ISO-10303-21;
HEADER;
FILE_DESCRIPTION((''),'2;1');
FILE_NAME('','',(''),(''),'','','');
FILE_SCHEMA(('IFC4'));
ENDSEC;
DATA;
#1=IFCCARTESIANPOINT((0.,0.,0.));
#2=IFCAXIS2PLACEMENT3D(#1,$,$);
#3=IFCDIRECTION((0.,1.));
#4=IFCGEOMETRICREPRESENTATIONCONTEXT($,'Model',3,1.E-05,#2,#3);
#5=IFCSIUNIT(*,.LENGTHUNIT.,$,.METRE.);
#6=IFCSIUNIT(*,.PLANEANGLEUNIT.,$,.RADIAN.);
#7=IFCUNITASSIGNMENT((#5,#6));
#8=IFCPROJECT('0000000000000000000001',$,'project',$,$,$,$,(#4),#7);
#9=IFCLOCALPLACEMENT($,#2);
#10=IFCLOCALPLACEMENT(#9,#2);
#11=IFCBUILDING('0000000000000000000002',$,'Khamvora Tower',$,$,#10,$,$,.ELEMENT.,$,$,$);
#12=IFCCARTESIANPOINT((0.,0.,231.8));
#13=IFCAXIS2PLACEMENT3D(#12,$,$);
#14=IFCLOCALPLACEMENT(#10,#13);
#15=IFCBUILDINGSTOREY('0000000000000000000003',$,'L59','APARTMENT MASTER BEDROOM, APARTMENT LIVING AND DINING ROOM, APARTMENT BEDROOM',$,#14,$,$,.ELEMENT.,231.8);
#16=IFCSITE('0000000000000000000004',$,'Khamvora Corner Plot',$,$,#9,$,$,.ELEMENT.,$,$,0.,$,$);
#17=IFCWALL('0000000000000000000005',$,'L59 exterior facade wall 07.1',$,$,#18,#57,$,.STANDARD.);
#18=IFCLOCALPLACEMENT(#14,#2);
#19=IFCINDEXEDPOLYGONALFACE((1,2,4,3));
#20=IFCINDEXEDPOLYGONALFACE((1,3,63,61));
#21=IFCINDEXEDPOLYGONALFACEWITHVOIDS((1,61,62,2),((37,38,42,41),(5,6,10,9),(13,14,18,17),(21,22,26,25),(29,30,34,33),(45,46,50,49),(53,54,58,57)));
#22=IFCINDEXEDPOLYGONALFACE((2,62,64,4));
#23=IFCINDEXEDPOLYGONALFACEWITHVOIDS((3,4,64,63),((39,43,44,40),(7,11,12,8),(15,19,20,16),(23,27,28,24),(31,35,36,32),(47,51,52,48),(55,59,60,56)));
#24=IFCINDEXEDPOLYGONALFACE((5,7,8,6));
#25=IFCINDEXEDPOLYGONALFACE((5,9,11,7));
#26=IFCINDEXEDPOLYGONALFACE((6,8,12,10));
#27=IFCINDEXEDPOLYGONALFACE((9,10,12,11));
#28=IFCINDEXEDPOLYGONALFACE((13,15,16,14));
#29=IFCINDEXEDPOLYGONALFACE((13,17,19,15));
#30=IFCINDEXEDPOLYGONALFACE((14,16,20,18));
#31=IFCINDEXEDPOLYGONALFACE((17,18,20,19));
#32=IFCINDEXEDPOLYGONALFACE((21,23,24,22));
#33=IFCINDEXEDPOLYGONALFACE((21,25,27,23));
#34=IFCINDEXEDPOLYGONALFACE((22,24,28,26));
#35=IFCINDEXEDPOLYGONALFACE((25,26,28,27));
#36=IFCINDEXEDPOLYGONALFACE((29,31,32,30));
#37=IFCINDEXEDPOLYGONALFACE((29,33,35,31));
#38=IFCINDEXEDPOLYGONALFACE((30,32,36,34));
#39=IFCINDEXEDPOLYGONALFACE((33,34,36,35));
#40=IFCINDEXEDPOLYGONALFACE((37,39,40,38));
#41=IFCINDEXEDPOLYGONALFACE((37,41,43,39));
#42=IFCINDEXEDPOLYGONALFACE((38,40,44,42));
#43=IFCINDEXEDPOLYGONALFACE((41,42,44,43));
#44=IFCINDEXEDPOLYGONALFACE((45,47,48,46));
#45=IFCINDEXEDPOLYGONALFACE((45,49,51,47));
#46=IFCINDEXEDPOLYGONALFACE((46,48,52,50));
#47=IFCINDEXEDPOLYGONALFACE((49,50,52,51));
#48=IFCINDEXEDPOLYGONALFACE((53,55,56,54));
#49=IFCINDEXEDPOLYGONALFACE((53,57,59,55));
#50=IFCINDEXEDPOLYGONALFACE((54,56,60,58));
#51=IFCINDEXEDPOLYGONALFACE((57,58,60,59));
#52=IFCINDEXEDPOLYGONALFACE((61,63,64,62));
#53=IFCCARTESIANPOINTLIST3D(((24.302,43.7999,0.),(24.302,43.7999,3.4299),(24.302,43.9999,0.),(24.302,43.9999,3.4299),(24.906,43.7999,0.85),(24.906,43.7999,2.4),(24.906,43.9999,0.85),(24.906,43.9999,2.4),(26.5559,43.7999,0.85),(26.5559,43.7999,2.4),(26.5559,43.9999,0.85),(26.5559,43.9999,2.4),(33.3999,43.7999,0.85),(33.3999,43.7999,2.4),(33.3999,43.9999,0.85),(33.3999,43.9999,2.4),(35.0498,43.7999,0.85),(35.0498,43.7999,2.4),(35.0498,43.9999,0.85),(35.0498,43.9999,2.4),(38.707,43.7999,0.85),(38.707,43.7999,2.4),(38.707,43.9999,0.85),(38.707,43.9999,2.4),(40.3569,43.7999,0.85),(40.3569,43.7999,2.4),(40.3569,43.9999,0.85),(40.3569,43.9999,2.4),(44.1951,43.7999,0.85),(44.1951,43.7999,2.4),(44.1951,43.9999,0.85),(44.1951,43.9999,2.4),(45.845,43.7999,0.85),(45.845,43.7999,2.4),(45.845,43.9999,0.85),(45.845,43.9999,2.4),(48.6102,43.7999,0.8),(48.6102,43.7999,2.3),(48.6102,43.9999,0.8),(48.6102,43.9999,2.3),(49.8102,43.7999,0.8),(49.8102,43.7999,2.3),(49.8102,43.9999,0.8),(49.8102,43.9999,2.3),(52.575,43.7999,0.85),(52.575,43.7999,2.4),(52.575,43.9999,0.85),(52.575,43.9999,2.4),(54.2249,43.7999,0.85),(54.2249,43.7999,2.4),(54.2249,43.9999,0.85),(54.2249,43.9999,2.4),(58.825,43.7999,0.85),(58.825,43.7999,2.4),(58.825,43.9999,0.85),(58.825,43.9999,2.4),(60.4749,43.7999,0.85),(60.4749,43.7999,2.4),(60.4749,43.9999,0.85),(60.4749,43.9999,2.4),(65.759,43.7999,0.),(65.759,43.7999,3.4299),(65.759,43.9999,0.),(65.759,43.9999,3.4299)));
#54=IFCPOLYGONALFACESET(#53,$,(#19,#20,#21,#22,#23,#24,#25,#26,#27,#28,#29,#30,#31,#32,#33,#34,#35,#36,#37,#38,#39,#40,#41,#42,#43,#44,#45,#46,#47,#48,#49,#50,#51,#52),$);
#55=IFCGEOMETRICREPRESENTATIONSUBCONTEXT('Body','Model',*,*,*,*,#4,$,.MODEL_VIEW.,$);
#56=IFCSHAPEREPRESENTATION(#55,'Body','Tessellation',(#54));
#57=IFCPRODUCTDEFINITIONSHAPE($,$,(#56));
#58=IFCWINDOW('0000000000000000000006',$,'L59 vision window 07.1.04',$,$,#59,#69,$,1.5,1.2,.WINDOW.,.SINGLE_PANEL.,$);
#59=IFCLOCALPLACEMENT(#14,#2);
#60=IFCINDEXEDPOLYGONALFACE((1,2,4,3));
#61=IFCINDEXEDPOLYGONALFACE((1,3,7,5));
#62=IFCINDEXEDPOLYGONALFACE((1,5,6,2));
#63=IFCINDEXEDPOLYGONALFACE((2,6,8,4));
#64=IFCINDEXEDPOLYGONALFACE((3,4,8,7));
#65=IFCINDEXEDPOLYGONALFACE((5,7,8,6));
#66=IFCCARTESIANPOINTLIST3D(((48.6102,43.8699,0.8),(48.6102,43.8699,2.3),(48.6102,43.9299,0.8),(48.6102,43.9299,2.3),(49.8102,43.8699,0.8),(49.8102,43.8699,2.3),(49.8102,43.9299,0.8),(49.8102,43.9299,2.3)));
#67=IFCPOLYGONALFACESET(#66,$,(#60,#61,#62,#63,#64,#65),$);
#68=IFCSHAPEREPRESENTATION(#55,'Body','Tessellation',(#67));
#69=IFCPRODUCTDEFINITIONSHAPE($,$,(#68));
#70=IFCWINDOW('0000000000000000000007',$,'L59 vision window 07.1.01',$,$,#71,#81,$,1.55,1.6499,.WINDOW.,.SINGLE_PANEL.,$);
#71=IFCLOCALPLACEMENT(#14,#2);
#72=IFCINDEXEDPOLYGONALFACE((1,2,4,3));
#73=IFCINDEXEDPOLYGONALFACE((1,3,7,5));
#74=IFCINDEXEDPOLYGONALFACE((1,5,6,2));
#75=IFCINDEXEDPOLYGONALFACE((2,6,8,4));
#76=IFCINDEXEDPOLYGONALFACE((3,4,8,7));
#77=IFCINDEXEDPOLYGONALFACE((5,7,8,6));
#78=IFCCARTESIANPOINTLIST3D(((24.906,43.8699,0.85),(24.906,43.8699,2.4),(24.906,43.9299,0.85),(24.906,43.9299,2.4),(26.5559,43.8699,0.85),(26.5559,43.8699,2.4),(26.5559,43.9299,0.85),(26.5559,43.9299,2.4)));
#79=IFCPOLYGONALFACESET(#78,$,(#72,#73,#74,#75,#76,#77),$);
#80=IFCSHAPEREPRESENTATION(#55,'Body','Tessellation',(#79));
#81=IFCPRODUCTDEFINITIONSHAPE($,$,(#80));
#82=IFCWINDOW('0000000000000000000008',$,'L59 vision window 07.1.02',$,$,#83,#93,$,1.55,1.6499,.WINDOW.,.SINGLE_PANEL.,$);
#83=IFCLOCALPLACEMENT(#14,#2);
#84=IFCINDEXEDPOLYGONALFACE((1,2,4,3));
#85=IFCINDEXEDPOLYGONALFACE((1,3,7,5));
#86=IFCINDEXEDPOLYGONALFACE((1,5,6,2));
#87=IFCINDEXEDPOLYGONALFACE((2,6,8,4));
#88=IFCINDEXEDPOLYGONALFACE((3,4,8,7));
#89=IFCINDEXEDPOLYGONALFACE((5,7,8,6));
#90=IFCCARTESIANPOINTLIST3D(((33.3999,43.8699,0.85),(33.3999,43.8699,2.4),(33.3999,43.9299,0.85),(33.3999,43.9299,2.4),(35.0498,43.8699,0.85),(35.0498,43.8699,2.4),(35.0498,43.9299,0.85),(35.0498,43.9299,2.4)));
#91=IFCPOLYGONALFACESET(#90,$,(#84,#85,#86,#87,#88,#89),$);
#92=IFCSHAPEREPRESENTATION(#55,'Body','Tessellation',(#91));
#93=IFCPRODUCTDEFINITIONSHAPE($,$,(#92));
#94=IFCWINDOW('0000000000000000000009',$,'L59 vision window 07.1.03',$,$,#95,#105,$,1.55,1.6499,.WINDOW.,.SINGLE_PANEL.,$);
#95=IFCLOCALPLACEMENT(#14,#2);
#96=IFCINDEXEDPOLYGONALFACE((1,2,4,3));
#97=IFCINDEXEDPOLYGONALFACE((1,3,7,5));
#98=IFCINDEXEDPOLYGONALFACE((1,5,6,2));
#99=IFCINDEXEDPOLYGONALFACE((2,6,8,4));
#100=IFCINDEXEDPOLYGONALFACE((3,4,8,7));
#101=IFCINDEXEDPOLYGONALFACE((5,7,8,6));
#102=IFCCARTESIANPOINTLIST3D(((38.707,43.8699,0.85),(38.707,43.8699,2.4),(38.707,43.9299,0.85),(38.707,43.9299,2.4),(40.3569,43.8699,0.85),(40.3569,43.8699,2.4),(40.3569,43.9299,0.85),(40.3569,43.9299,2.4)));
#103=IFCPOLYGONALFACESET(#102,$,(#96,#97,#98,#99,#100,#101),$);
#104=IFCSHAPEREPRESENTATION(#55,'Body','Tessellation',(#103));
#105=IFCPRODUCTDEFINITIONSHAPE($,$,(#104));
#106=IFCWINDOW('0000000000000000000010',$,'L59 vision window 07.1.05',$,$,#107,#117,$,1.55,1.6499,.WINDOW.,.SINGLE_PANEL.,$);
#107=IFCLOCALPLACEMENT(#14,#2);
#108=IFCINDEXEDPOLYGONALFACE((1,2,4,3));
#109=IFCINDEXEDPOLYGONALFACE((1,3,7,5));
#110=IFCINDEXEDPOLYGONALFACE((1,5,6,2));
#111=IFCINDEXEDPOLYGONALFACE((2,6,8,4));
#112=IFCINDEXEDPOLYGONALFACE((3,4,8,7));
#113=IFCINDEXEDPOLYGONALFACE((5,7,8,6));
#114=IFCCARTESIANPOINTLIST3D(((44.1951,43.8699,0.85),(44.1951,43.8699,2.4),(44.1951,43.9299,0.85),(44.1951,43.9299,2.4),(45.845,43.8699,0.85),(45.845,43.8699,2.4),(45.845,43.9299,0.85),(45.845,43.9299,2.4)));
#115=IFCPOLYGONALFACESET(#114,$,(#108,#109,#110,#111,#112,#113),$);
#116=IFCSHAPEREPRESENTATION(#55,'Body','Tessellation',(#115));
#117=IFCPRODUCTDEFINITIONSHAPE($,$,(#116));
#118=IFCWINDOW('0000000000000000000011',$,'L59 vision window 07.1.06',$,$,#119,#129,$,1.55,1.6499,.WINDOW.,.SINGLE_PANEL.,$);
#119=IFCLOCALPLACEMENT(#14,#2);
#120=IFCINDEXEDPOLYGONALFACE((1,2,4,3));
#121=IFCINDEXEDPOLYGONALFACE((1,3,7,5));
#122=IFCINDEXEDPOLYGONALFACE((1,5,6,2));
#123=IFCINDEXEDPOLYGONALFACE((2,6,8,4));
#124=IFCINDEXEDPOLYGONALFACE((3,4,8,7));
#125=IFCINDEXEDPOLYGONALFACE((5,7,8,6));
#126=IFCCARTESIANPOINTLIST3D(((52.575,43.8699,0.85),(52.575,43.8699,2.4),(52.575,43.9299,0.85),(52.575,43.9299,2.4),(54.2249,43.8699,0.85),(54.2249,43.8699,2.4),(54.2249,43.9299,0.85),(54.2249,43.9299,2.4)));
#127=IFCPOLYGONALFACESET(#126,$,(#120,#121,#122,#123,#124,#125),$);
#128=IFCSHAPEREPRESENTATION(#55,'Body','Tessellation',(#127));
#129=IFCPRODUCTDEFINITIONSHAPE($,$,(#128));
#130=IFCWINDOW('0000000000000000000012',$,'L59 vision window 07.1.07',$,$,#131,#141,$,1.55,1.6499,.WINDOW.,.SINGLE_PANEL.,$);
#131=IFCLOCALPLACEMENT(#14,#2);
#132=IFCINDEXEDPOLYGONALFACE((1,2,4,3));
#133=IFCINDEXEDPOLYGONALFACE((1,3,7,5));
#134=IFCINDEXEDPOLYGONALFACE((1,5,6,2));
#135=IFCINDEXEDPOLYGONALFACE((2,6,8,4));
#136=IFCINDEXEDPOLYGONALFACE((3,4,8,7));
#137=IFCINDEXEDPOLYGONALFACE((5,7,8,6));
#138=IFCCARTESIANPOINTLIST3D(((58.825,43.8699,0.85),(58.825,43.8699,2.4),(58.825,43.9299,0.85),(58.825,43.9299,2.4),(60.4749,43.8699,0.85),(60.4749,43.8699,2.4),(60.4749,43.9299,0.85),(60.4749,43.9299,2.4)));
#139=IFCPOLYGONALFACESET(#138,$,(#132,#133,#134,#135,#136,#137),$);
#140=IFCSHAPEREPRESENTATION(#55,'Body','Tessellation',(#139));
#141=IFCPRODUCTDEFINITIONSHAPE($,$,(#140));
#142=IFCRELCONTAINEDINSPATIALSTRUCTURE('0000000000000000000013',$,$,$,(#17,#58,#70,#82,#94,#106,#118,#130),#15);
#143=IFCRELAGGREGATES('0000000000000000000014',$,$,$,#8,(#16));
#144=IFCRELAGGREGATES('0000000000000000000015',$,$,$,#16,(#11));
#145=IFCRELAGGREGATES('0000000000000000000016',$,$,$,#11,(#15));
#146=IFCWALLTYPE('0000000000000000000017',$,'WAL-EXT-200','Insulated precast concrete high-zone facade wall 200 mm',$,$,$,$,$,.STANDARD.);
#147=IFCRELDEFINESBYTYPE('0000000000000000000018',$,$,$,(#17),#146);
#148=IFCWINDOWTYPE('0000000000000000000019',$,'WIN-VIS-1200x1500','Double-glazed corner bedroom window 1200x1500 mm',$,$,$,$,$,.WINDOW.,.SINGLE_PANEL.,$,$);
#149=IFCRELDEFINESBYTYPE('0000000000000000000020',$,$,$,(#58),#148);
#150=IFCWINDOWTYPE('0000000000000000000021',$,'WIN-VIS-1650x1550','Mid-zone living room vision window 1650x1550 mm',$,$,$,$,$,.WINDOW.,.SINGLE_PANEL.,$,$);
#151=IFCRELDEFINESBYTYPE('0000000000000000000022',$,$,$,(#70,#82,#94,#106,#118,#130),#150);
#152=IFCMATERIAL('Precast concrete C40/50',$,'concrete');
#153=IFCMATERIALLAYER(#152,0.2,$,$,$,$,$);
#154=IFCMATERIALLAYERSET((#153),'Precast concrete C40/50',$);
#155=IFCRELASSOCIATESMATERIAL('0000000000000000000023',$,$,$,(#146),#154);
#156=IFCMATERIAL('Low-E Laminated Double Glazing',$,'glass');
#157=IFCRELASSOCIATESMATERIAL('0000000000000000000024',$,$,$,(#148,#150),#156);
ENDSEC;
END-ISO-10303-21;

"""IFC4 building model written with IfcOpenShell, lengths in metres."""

from ifc_helpers import new_model, si_unit, direction, frame, frame_2d, origin, place, context, subcontext, project, spatial, rectangle, extrude, material, layer, layer_set, type_object, element, fill, save


model = new_model("IFC4")

# Units and contexts
model_context = context("Model", 3, precision=1e-05, world=origin(), true_north=direction((0.0, 1.0)))
body_context = subcontext(model_context, "Body", "Model", "MODEL_VIEW")
ifc_project = project(units=[si_unit("LENGTHUNIT", "METRE"), si_unit("PLANEANGLEUNIT", "RADIAN")], contexts=[model_context])

# Site, building, storey
site_placement = place(None, origin())
site = spatial("IfcSite", under=ifc_project, at=site_placement, Name="Khamvora Corner Plot", CompositionType="ELEMENT", RefElevation=0.0)
building_placement = place(site_placement, origin())
building = spatial("IfcBuilding", under=site, at=building_placement, Name="Khamvora Tower", CompositionType="ELEMENT")
storey_placement = place(building_placement, frame((0.0, 0.0, 231.8)))
storey = spatial("IfcBuildingStorey", under=building, at=storey_placement, Name="L59", Description="APARTMENT MASTER BEDROOM, APARTMENT LIVING AND DINING ROOM, APARTMENT BEDROOM", CompositionType="ELEMENT", Elevation=231.8)

# Shared definitions
ifc_material_1 = material(Name="Precast concrete C40/50", Category="concrete")
ifc_layer_1 = layer(ifc_material_1, 0.2)
ifc_layer_set_1 = layer_set([ifc_layer_1], Name="Precast concrete C40/50")
wall_type_1 = type_object("IfcWallType", Name="WAL-EXT-200", Description="Insulated precast concrete high-zone facade wall 200 mm", PredefinedType="STANDARD", material=ifc_layer_set_1)

# Wall, openings, windows
wall_1_placement = place(storey_placement, frame((24.302, 43.8999, 0.0), z_axis=(0.0, 0.0, 1.0), x_axis=(1.0, 0.0, 0.0)))
wall_1 = element("IfcWall", 1, at=wall_1_placement, inside=storey, type_object=wall_type_1, Name="L59 exterior facade wall 07.1", PredefinedType="STANDARD", context=body_context, shape_type="SweptSolid", body=[
    extrude(rectangle(XDim=41.457, YDim=0.2, at=frame_2d((20.7285, 0.0))), origin(), (0.0, 0.0, 1.0), 3.4299),
])
opening_1_placement = place(wall_1_placement, frame((0.604, 0.0, 0.8501)))
opening_1 = element("IfcOpeningElement", 2, at=opening_1_placement, cuts=wall_1, PredefinedType="OPENING", context=body_context, shape_type="SweptSolid", body=[
    extrude(rectangle(XDim=1.6499, YDim=1.55, at=frame_2d((0.825, 0.7749))), frame((0.0, 0.1099, 0.0), z_axis=(0.0, -1.0, 0.0), x_axis=(1.0, 0.0, 0.0)), (0.0, 0.0, 1.0), 0.22),
])
opening_2_placement = place(wall_1_placement, frame((9.0979, 0.0, 0.8501)))
opening_2 = element("IfcOpeningElement", 3, at=opening_2_placement, cuts=wall_1, PredefinedType="OPENING", context=body_context, shape_type="SweptSolid", body=[
    extrude(rectangle(XDim=1.6499, YDim=1.55, at=frame_2d((0.825, 0.7749))), frame((0.0, 0.1099, 0.0), z_axis=(0.0, -1.0, 0.0), x_axis=(1.0, 0.0, 0.0)), (0.0, 0.0, 1.0), 0.22),
])
opening_3_placement = place(wall_1_placement, frame((14.405, 0.0, 0.8501)))
opening_3 = element("IfcOpeningElement", 4, at=opening_3_placement, cuts=wall_1, PredefinedType="OPENING", context=body_context, shape_type="SweptSolid", body=[
    extrude(rectangle(XDim=1.6499, YDim=1.55, at=frame_2d((0.825, 0.7749))), frame((0.0, 0.1099, 0.0), z_axis=(0.0, -1.0, 0.0), x_axis=(1.0, 0.0, 0.0)), (0.0, 0.0, 1.0), 0.22),
])
opening_4_placement = place(wall_1_placement, frame((24.3081, 0.0, 0.8)))
opening_4 = element("IfcOpeningElement", 5, at=opening_4_placement, cuts=wall_1, PredefinedType="OPENING", context=body_context, shape_type="SweptSolid", body=[
    extrude(rectangle(XDim=1.2, YDim=1.5, at=frame_2d((0.6001, 0.75))), frame((0.0, 0.1099, 0.0), z_axis=(0.0, -1.0, 0.0), x_axis=(1.0, 0.0, 0.0)), (0.0, 0.0, 1.0), 0.22),
])
opening_5_placement = place(wall_1_placement, frame((19.8931, 0.0, 0.8501)))
opening_5 = element("IfcOpeningElement", 6, at=opening_5_placement, cuts=wall_1, PredefinedType="OPENING", context=body_context, shape_type="SweptSolid", body=[
    extrude(rectangle(XDim=1.6499, YDim=1.55, at=frame_2d((0.825, 0.7749))), frame((0.0, 0.1099, 0.0), z_axis=(0.0, -1.0, 0.0), x_axis=(1.0, 0.0, 0.0)), (0.0, 0.0, 1.0), 0.22),
])
opening_6_placement = place(wall_1_placement, frame((28.2729, 0.0, 0.8501)))
opening_6 = element("IfcOpeningElement", 7, at=opening_6_placement, cuts=wall_1, PredefinedType="OPENING", context=body_context, shape_type="SweptSolid", body=[
    extrude(rectangle(XDim=1.6499, YDim=1.55, at=frame_2d((0.825, 0.7749))), frame((0.0, 0.1099, 0.0), z_axis=(0.0, -1.0, 0.0), x_axis=(1.0, 0.0, 0.0)), (0.0, 0.0, 1.0), 0.22),
])
opening_7_placement = place(wall_1_placement, frame((34.5229, 0.0, 0.8501)))
opening_7 = element("IfcOpeningElement", 8, at=opening_7_placement, cuts=wall_1, PredefinedType="OPENING", context=body_context, shape_type="SweptSolid", body=[
    extrude(rectangle(XDim=1.6499, YDim=1.55, at=frame_2d((0.825, 0.7749))), frame((0.0, 0.1099, 0.0), z_axis=(0.0, -1.0, 0.0), x_axis=(1.0, 0.0, 0.0)), (0.0, 0.0, 1.0), 0.22),
])
ifc_material_2 = material(Name="Low-E Laminated Double Glazing", Category="glass")
window_type_1 = type_object("IfcWindowType", Name="WIN-VIS-1200x1500", Description="Double-glazed corner bedroom window 1200x1500 mm", PartitioningType="SINGLE_PANEL", PredefinedType="WINDOW", material=ifc_material_2)
window_1_placement = place(opening_4_placement, origin())
window_1 = element("IfcWindow", 9, at=window_1_placement, inside=storey, type_object=window_type_1, Name="L59 vision window 07.1.04", OverallHeight=1.5, OverallWidth=1.2, PartitioningType="SINGLE_PANEL", PredefinedType="WINDOW", context=body_context, shape_type="SweptSolid", body=[
    extrude(rectangle(XDim=1.2, YDim=1.5, at=frame_2d((0.6001, 0.75))), frame((0.0, 0.03, 0.0), z_axis=(0.0, -1.0, 0.0), x_axis=(1.0, 0.0, 0.0)), (0.0, 0.0, 1.0), 0.0601),
])
fill(opening_4, window_1)
window_type_2 = type_object("IfcWindowType", Name="WIN-VIS-1650x1550", Description="Mid-zone living room vision window 1650x1550 mm", PartitioningType="SINGLE_PANEL", PredefinedType="WINDOW", material=ifc_material_2)
window_2_placement = place(opening_1_placement, origin())
window_2 = element("IfcWindow", 10, at=window_2_placement, inside=storey, type_object=window_type_2, Name="L59 vision window 07.1.01", OverallHeight=1.55, OverallWidth=1.6499, PartitioningType="SINGLE_PANEL", PredefinedType="WINDOW", context=body_context, shape_type="SweptSolid", body=[
    extrude(rectangle(XDim=1.6499, YDim=1.55, at=frame_2d((0.825, 0.7749))), frame((0.0, 0.03, 0.0), z_axis=(0.0, -1.0, 0.0), x_axis=(1.0, 0.0, 0.0)), (0.0, 0.0, 1.0), 0.0601),
])
fill(opening_1, window_2)
window_3_placement = place(opening_2_placement, origin())
window_3 = element("IfcWindow", 11, at=window_3_placement, inside=storey, type_object=window_type_2, Name="L59 vision window 07.1.02", OverallHeight=1.55, OverallWidth=1.6499, PartitioningType="SINGLE_PANEL", PredefinedType="WINDOW", context=body_context, shape_type="SweptSolid", body=[
    extrude(rectangle(XDim=1.6499, YDim=1.55, at=frame_2d((0.825, 0.7749))), frame((0.0, 0.03, 0.0), z_axis=(0.0, -1.0, 0.0), x_axis=(1.0, 0.0, 0.0)), (0.0, 0.0, 1.0), 0.0601),
])
fill(opening_2, window_3)
window_4_placement = place(opening_3_placement, origin())
window_4 = element("IfcWindow", 12, at=window_4_placement, inside=storey, type_object=window_type_2, Name="L59 vision window 07.1.03", OverallHeight=1.55, OverallWidth=1.6499, PartitioningType="SINGLE_PANEL", PredefinedType="WINDOW", context=body_context, shape_type="SweptSolid", body=[
    extrude(rectangle(XDim=1.6499, YDim=1.55, at=frame_2d((0.825, 0.7749))), frame((0.0, 0.03, 0.0), z_axis=(0.0, -1.0, 0.0), x_axis=(1.0, 0.0, 0.0)), (0.0, 0.0, 1.0), 0.0601),
])
fill(opening_3, window_4)
window_5_placement = place(opening_5_placement, origin())
window_5 = element("IfcWindow", 13, at=window_5_placement, inside=storey, type_object=window_type_2, Name="L59 vision window 07.1.05", OverallHeight=1.55, OverallWidth=1.6499, PartitioningType="SINGLE_PANEL", PredefinedType="WINDOW", context=body_context, shape_type="SweptSolid", body=[
    extrude(rectangle(XDim=1.6499, YDim=1.55, at=frame_2d((0.825, 0.7749))), frame((0.0, 0.03, 0.0), z_axis=(0.0, -1.0, 0.0), x_axis=(1.0, 0.0, 0.0)), (0.0, 0.0, 1.0), 0.0601),
])
fill(opening_5, window_5)
window_6_placement = place(opening_6_placement, origin())
window_6 = element("IfcWindow", 14, at=window_6_placement, inside=storey, type_object=window_type_2, Name="L59 vision window 07.1.06", OverallHeight=1.55, OverallWidth=1.6499, PartitioningType="SINGLE_PANEL", PredefinedType="WINDOW", context=body_context, shape_type="SweptSolid", body=[
    extrude(rectangle(XDim=1.6499, YDim=1.55, at=frame_2d((0.825, 0.7749))), frame((0.0, 0.03, 0.0), z_axis=(0.0, -1.0, 0.0), x_axis=(1.0, 0.0, 0.0)), (0.0, 0.0, 1.0), 0.0601),
])
fill(opening_6, window_6)
window_7_placement = place(opening_7_placement, origin())
window_7 = element("IfcWindow", 15, at=window_7_placement, inside=storey, type_object=window_type_2, Name="L59 vision window 07.1.07", OverallHeight=1.55, OverallWidth=1.6499, PartitioningType="SINGLE_PANEL", PredefinedType="WINDOW", context=body_context, shape_type="SweptSolid", body=[
    extrude(rectangle(XDim=1.6499, YDim=1.55, at=frame_2d((0.825, 0.7749))), frame((0.0, 0.03, 0.0), z_axis=(0.0, -1.0, 0.0), x_axis=(1.0, 0.0, 0.0)), (0.0, 0.0, 1.0), 0.0601),
])
fill(opening_7, window_7)

save(model, "model.ifc")
